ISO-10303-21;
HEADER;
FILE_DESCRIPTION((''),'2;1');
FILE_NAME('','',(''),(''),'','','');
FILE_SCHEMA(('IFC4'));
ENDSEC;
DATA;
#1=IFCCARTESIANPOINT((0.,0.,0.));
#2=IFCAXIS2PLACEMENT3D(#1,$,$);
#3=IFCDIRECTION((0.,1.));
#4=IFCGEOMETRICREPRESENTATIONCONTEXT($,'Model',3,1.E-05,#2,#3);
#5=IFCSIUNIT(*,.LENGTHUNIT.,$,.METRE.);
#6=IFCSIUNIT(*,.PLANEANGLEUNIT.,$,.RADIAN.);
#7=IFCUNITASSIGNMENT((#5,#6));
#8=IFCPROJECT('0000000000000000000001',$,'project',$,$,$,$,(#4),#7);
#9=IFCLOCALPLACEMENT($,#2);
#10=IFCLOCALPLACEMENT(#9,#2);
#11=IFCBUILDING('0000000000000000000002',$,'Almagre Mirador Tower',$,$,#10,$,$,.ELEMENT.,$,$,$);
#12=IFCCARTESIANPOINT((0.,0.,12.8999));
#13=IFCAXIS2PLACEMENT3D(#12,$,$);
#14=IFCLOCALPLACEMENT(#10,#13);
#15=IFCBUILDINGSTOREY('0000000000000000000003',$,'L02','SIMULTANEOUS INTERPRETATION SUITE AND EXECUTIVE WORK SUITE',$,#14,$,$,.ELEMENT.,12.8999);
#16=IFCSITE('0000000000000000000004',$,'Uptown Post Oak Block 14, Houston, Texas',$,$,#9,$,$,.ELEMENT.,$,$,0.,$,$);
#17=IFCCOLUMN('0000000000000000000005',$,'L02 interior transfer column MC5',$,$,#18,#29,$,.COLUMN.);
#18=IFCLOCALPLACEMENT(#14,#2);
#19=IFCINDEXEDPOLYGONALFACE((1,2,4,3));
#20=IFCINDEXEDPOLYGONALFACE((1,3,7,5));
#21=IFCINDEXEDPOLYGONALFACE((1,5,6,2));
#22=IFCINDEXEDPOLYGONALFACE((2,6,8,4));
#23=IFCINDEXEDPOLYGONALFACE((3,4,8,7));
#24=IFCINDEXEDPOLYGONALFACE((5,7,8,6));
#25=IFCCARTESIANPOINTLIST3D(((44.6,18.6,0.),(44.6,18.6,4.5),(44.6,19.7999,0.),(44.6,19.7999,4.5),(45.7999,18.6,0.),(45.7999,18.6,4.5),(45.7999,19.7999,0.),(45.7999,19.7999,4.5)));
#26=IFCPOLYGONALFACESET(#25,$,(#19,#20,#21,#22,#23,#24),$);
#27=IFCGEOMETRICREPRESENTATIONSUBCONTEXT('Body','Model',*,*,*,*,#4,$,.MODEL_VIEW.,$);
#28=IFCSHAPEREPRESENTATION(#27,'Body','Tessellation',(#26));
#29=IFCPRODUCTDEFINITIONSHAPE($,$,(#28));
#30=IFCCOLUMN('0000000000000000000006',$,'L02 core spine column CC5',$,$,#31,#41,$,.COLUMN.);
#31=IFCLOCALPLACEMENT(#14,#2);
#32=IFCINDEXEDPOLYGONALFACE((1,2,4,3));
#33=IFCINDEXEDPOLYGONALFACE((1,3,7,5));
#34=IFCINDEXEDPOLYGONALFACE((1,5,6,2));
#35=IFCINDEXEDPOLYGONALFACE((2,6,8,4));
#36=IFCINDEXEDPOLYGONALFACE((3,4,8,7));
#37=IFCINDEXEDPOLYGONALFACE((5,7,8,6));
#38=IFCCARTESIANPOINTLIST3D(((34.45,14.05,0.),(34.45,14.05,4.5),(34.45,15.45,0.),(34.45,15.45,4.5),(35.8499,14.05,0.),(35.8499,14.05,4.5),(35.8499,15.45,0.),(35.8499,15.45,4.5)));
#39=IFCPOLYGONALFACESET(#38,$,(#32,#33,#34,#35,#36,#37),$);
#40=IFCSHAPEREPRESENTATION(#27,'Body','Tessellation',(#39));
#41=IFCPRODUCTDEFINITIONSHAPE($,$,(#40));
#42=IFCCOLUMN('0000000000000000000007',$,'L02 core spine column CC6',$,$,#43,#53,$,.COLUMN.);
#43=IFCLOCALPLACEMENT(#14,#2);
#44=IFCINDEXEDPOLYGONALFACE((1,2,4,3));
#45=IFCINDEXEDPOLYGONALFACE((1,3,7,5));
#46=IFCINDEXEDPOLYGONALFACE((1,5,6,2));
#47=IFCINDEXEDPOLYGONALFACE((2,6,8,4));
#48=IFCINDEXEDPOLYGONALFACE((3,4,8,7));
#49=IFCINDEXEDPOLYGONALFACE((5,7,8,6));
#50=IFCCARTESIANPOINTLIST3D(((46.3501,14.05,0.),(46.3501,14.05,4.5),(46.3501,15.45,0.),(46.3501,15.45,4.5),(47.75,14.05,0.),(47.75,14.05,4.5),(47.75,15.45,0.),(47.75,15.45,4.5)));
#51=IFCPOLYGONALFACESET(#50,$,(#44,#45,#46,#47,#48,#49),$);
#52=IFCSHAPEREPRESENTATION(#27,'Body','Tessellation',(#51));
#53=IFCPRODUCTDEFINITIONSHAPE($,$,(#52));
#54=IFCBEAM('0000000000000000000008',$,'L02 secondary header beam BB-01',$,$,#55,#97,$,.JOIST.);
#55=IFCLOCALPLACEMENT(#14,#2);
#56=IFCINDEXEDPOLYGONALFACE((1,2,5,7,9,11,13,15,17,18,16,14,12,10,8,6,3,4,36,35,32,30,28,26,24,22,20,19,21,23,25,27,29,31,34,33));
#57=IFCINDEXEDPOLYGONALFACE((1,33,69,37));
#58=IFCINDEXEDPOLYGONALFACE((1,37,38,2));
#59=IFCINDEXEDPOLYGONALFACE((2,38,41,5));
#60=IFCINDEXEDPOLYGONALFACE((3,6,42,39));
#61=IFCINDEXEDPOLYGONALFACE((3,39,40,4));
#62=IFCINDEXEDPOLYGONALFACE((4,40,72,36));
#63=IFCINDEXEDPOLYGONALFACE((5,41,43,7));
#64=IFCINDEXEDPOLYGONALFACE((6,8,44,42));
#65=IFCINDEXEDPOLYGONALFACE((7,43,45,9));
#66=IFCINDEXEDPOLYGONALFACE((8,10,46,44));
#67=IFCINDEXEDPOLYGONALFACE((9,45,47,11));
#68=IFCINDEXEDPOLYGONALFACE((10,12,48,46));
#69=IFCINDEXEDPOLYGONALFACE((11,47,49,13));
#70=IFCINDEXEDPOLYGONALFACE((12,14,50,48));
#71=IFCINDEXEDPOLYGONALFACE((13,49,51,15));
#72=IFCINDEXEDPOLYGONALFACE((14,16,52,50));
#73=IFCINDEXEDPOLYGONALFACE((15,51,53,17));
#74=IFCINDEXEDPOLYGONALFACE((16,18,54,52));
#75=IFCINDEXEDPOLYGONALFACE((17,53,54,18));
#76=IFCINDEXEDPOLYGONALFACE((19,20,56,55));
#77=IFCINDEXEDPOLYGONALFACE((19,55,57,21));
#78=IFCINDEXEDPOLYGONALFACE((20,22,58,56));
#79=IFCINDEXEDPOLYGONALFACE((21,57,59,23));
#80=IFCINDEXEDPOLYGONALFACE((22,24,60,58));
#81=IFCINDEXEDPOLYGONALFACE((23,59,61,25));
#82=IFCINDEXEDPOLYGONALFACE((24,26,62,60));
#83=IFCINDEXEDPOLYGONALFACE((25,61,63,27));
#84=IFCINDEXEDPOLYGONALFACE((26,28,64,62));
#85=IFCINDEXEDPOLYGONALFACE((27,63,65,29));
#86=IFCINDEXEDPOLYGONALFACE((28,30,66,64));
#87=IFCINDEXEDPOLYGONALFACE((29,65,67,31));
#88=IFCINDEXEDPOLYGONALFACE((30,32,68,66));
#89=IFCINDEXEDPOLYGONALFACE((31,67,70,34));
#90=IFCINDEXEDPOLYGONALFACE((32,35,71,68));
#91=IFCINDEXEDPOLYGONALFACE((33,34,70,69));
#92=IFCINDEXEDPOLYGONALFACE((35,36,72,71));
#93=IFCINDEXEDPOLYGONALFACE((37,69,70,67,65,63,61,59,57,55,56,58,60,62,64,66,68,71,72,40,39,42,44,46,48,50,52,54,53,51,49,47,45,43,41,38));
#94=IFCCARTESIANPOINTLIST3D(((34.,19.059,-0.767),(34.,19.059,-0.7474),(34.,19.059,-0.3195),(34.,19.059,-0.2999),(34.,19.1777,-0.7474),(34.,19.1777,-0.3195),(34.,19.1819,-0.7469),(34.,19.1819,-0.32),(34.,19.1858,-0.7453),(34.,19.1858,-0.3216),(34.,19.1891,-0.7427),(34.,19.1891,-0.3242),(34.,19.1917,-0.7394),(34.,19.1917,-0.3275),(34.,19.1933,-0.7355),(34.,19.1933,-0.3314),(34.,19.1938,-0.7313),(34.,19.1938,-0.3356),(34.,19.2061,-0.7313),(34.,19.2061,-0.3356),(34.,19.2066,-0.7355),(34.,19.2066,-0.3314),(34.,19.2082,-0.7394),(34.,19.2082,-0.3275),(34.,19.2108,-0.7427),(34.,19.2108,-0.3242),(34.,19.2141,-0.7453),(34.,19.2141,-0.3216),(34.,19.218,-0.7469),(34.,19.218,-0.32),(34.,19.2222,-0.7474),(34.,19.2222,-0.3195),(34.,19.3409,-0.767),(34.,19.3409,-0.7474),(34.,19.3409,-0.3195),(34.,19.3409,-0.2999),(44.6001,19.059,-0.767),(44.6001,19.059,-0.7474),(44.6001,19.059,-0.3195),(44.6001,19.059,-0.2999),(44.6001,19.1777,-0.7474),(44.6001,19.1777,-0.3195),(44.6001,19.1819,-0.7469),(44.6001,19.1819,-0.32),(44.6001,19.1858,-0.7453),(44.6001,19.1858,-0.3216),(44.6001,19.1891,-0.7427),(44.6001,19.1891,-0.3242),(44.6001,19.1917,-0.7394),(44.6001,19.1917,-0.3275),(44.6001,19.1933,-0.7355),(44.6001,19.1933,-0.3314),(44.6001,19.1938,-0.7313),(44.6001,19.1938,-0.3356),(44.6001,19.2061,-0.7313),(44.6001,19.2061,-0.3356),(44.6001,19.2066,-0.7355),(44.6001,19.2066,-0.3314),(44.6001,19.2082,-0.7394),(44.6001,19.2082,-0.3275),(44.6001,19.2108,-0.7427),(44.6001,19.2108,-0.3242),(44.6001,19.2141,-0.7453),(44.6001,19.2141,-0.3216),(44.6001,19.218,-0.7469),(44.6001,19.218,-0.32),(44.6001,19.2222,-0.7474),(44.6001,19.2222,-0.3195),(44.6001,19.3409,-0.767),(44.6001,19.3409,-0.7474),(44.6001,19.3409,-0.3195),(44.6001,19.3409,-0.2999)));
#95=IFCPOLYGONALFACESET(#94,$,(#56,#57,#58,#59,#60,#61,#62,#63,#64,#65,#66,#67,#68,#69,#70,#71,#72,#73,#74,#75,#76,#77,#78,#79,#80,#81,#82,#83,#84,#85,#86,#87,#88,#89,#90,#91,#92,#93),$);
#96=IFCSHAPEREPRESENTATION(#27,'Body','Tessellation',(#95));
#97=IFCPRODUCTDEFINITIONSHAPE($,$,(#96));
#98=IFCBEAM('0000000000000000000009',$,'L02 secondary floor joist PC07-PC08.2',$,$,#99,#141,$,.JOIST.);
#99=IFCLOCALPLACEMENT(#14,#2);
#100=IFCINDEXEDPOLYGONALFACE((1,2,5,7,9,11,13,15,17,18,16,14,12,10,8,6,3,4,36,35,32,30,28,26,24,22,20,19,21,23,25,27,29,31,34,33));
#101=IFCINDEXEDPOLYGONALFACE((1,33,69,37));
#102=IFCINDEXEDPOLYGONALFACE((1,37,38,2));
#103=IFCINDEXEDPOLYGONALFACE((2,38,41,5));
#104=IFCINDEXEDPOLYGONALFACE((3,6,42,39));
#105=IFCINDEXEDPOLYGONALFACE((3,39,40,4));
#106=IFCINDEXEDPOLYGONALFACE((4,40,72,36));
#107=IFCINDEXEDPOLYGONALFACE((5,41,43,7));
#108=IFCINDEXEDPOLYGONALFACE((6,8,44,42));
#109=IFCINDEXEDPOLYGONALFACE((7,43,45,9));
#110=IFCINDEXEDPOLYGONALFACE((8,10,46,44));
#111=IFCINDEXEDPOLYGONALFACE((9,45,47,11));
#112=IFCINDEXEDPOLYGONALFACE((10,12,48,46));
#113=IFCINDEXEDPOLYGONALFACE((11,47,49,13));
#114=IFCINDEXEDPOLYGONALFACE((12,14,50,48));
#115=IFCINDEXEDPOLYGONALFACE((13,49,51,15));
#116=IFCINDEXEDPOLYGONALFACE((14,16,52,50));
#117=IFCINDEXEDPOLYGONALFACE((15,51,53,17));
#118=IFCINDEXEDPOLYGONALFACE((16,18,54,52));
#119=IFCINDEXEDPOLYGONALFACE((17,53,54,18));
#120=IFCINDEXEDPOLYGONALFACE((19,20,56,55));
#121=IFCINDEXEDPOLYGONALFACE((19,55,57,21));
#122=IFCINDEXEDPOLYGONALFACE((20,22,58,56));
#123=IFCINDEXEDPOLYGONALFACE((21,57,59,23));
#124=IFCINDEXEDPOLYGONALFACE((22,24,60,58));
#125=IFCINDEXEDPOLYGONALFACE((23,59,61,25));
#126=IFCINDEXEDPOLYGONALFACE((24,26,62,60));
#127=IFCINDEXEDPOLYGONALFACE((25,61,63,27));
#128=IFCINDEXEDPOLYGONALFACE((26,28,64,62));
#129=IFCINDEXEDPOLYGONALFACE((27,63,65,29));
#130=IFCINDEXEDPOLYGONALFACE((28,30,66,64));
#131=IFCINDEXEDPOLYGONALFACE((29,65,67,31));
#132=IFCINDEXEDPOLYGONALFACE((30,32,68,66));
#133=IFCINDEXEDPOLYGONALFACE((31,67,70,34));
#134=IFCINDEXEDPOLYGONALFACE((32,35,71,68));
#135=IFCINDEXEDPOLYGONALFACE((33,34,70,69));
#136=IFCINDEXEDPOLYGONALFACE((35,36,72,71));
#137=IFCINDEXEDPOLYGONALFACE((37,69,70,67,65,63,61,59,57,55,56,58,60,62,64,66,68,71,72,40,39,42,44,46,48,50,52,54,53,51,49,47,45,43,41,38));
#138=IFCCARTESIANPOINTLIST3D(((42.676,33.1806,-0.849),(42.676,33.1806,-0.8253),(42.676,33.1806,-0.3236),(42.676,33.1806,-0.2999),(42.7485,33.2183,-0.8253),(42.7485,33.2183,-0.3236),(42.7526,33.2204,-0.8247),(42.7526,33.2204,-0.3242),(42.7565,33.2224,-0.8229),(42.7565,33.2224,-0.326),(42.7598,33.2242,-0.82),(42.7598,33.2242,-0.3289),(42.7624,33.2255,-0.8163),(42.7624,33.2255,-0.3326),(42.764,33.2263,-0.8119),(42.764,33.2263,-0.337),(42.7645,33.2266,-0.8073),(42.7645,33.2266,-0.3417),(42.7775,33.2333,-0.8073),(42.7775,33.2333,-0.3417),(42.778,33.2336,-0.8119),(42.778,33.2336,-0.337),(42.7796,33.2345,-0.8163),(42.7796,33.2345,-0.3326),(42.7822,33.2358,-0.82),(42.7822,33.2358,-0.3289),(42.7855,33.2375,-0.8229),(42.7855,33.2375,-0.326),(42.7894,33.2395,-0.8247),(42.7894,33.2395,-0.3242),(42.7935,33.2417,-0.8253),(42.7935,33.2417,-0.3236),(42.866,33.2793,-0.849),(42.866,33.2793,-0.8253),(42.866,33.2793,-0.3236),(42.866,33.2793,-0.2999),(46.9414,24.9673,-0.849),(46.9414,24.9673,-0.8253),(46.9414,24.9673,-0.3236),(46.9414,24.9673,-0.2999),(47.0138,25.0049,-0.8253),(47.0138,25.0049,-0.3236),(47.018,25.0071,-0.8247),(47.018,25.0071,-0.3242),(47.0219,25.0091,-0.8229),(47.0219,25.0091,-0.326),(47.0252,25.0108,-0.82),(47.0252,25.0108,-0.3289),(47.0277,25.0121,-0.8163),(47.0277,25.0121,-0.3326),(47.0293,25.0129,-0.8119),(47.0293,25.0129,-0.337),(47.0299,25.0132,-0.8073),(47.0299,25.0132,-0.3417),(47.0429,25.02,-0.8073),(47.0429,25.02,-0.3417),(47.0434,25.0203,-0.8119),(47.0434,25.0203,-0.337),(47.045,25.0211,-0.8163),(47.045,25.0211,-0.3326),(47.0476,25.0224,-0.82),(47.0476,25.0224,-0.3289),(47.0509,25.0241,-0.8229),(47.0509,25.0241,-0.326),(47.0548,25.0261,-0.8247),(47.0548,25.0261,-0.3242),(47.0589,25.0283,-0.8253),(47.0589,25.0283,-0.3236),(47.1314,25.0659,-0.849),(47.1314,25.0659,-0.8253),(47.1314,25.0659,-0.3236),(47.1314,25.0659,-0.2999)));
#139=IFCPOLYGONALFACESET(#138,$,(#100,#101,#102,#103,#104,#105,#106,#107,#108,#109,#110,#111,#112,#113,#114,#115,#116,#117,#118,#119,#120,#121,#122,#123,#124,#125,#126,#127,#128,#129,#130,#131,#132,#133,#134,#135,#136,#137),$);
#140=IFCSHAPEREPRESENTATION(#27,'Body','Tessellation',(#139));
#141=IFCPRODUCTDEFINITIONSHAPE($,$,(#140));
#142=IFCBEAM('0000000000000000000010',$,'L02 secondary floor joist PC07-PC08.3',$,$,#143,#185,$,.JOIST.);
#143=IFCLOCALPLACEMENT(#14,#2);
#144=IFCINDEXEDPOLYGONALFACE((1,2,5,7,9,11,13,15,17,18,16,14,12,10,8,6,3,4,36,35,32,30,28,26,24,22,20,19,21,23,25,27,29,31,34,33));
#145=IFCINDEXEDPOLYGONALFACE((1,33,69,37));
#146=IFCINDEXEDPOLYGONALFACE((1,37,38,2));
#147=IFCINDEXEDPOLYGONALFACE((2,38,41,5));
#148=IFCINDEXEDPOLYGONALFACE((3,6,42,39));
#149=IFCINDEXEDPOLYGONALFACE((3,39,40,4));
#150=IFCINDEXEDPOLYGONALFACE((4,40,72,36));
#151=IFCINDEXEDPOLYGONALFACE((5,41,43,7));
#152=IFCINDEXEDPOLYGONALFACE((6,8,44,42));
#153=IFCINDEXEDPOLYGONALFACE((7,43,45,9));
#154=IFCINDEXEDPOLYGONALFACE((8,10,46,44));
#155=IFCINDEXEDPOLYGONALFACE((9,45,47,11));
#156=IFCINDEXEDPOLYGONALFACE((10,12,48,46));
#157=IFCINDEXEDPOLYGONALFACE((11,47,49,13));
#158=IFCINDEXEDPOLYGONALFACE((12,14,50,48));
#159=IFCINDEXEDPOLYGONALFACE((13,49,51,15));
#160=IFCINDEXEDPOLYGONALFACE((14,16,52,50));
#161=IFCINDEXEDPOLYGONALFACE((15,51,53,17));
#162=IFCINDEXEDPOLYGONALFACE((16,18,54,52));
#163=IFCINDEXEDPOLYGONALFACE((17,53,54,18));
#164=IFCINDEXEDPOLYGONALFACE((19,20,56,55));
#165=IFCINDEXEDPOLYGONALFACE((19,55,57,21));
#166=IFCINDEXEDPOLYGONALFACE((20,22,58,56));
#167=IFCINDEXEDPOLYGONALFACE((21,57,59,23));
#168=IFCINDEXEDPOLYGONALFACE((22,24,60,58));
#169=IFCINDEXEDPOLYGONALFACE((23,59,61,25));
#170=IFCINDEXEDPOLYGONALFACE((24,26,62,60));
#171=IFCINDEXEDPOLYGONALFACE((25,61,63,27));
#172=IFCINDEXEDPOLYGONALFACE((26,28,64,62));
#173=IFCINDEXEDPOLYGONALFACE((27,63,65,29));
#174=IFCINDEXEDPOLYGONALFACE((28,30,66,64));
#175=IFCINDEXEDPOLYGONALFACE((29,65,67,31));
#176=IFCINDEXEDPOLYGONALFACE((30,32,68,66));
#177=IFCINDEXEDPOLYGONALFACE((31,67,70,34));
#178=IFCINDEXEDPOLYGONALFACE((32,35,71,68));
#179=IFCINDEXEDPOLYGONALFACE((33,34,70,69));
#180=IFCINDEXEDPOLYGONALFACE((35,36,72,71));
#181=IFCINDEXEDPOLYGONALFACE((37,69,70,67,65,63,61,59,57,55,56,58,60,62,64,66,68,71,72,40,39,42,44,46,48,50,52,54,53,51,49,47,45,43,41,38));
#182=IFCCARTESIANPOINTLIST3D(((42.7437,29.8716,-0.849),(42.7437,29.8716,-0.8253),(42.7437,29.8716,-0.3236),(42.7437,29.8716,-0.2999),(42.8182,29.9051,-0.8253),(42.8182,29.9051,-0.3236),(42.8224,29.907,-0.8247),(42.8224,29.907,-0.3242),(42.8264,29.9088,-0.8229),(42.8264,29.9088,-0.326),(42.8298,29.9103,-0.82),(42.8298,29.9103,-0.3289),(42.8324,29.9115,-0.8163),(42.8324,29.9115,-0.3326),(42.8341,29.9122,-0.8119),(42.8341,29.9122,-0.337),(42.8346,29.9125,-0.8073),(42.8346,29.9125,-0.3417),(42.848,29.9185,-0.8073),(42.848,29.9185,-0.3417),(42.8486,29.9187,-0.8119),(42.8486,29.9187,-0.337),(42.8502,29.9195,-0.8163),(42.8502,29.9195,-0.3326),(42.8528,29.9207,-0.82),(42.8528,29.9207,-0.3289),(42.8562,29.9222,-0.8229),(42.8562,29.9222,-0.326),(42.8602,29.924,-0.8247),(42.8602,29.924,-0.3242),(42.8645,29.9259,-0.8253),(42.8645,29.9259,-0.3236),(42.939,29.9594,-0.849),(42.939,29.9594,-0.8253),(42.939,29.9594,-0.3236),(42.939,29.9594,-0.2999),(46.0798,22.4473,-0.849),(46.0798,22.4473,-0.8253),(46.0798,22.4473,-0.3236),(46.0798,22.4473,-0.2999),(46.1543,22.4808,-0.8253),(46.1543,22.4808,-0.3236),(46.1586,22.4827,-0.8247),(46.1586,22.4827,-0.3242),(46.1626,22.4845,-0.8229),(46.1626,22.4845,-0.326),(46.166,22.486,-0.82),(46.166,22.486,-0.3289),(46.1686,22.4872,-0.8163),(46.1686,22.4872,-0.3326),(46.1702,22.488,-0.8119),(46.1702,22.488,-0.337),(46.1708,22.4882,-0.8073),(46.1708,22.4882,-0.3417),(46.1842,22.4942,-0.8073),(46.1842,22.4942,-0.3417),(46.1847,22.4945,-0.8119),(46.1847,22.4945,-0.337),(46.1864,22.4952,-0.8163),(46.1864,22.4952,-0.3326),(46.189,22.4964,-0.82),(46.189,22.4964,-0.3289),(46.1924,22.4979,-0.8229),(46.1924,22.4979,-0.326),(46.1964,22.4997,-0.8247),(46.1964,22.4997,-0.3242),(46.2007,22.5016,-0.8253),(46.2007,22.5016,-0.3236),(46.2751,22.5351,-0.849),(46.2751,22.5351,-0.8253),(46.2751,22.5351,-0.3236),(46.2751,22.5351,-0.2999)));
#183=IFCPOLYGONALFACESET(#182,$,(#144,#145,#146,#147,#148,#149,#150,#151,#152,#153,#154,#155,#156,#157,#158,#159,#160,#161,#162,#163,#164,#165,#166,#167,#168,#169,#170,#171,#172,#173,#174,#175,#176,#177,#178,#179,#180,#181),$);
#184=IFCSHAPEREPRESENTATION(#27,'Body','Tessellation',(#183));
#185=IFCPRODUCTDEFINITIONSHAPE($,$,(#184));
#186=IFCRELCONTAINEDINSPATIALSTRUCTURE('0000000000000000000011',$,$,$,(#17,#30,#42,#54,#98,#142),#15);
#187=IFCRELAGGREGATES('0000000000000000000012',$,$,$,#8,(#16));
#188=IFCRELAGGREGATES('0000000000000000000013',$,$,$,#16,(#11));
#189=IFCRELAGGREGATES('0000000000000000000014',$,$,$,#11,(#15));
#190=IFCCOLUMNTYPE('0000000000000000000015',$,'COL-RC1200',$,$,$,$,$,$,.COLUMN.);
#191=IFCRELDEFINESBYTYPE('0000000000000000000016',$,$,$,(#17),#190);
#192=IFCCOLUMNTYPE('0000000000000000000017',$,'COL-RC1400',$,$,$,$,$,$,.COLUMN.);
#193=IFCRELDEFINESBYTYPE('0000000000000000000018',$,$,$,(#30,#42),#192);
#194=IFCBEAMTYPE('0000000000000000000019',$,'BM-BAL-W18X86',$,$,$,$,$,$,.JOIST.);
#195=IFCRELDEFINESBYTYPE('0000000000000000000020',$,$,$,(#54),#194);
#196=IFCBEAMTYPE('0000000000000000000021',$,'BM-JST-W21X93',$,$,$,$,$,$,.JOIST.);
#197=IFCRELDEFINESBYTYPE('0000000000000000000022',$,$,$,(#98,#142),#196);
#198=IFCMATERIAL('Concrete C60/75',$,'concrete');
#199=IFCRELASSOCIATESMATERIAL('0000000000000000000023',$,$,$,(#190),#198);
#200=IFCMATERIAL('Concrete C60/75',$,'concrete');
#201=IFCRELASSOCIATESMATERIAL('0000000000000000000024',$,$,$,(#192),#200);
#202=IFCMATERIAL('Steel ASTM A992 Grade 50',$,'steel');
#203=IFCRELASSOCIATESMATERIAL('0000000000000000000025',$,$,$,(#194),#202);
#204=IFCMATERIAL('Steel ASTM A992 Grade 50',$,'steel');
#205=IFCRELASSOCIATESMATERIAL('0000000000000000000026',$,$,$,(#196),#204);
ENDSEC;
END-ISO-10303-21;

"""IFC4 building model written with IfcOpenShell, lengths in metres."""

from ifc_helpers import new_model, si_unit, direction, frame, origin, origin_2d, place, context, subcontext, project, spatial, rectangle, i_section, extrude, material, material_profile, profile_set, type_object, element, save


model = new_model("IFC4")

# Units and contexts
model_context = context("Model", 3, precision=1e-05, world=origin(), true_north=direction((0.0, 1.0)))
body_context = subcontext(model_context, "Body", "Model", "MODEL_VIEW")
ifc_project = project(units=[si_unit("LENGTHUNIT", "METRE"), si_unit("PLANEANGLEUNIT", "RADIAN")], contexts=[model_context])

# Site, building, storey
site_placement = place(None, origin())
site = spatial("IfcSite", under=ifc_project, at=site_placement, Name="Uptown Post Oak Block 14, Houston, Texas", CompositionType="ELEMENT", RefElevation=0.0)
building_placement = place(site_placement, origin())
building = spatial("IfcBuilding", under=site, at=building_placement, Name="Almagre Mirador Tower", CompositionType="ELEMENT")
storey_placement = place(building_placement, frame((0.0, 0.0, 12.8999)))
storey = spatial("IfcBuildingStorey", under=building, at=storey_placement, Name="L02", Description="SIMULTANEOUS INTERPRETATION SUITE AND EXECUTIVE WORK SUITE", CompositionType="ELEMENT", Elevation=12.8999)

# Columns
ifc_material_1 = material(Name="Concrete C60/75", Category="concrete")
ifc_material_profile_1 = material_profile(ifc_material_1, rectangle(XDim=1.2, YDim=1.2, at=origin_2d()), Name="RC1200X1200")
ifc_profile_set_1 = profile_set([ifc_material_profile_1], Name="Concrete C60/75")
column_type_1 = type_object("IfcColumnType", Name="COL-RC1200", PredefinedType="COLUMN", material=ifc_profile_set_1)
column_placement = place(storey_placement, frame((45.2, 19.2, 0.0), z_axis=(0.0, 0.0, 1.0), x_axis=(1.0, 0.0, 0.0)))
element("IfcColumn", 1, at=column_placement, inside=storey, type_object=column_type_1, Name="L02 interior transfer column MC5", PredefinedType="COLUMN", context=body_context, shape_type="SweptSolid", body=[
    extrude(rectangle(XDim=1.2, YDim=1.2, at=origin_2d()), origin(), (0.0, 0.0, 1.0), 4.5),
])
ifc_material_2 = material(Name="Concrete C60/75", Category="concrete")
ifc_material_profile_2 = material_profile(ifc_material_2, rectangle(XDim=1.3999, YDim=1.3999, at=origin_2d()), Name="RC1400X1400")
ifc_profile_set_2 = profile_set([ifc_material_profile_2], Name="Concrete C60/75")
column_type_2 = type_object("IfcColumnType", Name="COL-RC1400", PredefinedType="COLUMN", material=ifc_profile_set_2)
for number, where, z_axis, x_axis, name in (
    (2, (35.1499, 14.75, 0.0), (0.0, 0.0, 1.0), (1.0, 0.0, 0.0), "L02 core spine column CC5"),
    (3, (47.05, 14.75, 0.0), (0.0, 0.0, 1.0), (1.0, 0.0, 0.0), "L02 core spine column CC6"),
):
    element("IfcColumn", number, at=place(storey_placement, frame(where, z_axis=z_axis, x_axis=x_axis)), inside=storey, type_object=column_type_2, Name=name, PredefinedType="COLUMN", context=body_context, shape_type="SweptSolid", body=[
        extrude(rectangle(XDim=1.3999, YDim=1.3999, at=origin_2d()), origin(), (0.0, 0.0, 1.0), 4.5),
    ])

# Beams
ifc_material_3 = material(Name="Steel ASTM A992 Grade 50", Category="steel")
ifc_material_profile_3 = material_profile(ifc_material_3, i_section(OverallWidth=0.282, OverallDepth=0.467, WebThickness=0.0122, FlangeThickness=0.0195, FilletRadius=0.0161, at=origin_2d()), Name="W18X86")
ifc_profile_set_3 = profile_set([ifc_material_profile_3], Name="Steel ASTM A992 Grade 50")
beam_type_1 = type_object("IfcBeamType", Name="BM-BAL-W18X86", PredefinedType="JOIST", material=ifc_profile_set_3)
beam_1_placement = place(storey_placement, frame((34.0, 19.2, -0.5334), z_axis=(1.0, 0.0, 0.0), x_axis=(0.0, 1.0, 0.0)))
element("IfcBeam", 4, at=beam_1_placement, inside=storey, type_object=beam_type_1, Name="L02 secondary header beam BB-01", PredefinedType="JOIST", context=body_context, shape_type="SweptSolid", body=[
    extrude(i_section(OverallWidth=0.282, OverallDepth=0.467, WebThickness=0.0122, FlangeThickness=0.0195, FilletRadius=0.0161, at=origin_2d()), origin(), (0.0, 0.0, 1.0), 10.6001),
])
ifc_material_4 = material(Name="Steel ASTM A992 Grade 50", Category="steel")
ifc_material_profile_4 = material_profile(ifc_material_4, i_section(OverallWidth=0.2141, OverallDepth=0.5491, WebThickness=0.0146, FlangeThickness=0.0237, FilletRadius=0.0181, at=origin_2d()), Name="W21X93")
ifc_profile_set_4 = profile_set([ifc_material_profile_4], Name="Steel ASTM A992 Grade 50")
beam_type_2 = type_object("IfcBeamType", Name="BM-JST-W21X93", PredefinedType="JOIST", material=ifc_profile_set_4)
beam_2_placement = place(storey_placement, frame((47.0364, 25.0166, -0.5745), z_axis=(-0.460878, 0.887463, 0.0), x_axis=(-0.887463, -0.460878, 0.0)))
element("IfcBeam", 5, at=beam_2_placement, inside=storey, type_object=beam_type_2, Name="L02 secondary floor joist PC07-PC08.2", PredefinedType="JOIST", context=body_context, shape_type="SweptSolid", body=[
    extrude(i_section(OverallWidth=0.2141, OverallDepth=0.5491, WebThickness=0.0146, FlangeThickness=0.0237, FilletRadius=0.0181, at=origin_2d()), origin(), (0.0, 0.0, 1.0), 9.2549),
])
beam_3_placement = place(storey_placement, frame((46.1775, 22.4912, -0.5745), z_axis=(-0.409878, 0.91214, 0.0), x_axis=(-0.91214, -0.409878, 0.0)))
element("IfcBeam", 6, at=beam_3_placement, inside=storey, type_object=beam_type_2, Name="L02 secondary floor joist PC07-PC08.3", PredefinedType="JOIST", context=body_context, shape_type="SweptSolid", body=[
    extrude(i_section(OverallWidth=0.2141, OverallDepth=0.5491, WebThickness=0.0146, FlangeThickness=0.0237, FilletRadius=0.0181, at=origin_2d()), origin(), (0.0, 0.0, 1.0), 8.1394),
])

save(model, "model.ifc")
